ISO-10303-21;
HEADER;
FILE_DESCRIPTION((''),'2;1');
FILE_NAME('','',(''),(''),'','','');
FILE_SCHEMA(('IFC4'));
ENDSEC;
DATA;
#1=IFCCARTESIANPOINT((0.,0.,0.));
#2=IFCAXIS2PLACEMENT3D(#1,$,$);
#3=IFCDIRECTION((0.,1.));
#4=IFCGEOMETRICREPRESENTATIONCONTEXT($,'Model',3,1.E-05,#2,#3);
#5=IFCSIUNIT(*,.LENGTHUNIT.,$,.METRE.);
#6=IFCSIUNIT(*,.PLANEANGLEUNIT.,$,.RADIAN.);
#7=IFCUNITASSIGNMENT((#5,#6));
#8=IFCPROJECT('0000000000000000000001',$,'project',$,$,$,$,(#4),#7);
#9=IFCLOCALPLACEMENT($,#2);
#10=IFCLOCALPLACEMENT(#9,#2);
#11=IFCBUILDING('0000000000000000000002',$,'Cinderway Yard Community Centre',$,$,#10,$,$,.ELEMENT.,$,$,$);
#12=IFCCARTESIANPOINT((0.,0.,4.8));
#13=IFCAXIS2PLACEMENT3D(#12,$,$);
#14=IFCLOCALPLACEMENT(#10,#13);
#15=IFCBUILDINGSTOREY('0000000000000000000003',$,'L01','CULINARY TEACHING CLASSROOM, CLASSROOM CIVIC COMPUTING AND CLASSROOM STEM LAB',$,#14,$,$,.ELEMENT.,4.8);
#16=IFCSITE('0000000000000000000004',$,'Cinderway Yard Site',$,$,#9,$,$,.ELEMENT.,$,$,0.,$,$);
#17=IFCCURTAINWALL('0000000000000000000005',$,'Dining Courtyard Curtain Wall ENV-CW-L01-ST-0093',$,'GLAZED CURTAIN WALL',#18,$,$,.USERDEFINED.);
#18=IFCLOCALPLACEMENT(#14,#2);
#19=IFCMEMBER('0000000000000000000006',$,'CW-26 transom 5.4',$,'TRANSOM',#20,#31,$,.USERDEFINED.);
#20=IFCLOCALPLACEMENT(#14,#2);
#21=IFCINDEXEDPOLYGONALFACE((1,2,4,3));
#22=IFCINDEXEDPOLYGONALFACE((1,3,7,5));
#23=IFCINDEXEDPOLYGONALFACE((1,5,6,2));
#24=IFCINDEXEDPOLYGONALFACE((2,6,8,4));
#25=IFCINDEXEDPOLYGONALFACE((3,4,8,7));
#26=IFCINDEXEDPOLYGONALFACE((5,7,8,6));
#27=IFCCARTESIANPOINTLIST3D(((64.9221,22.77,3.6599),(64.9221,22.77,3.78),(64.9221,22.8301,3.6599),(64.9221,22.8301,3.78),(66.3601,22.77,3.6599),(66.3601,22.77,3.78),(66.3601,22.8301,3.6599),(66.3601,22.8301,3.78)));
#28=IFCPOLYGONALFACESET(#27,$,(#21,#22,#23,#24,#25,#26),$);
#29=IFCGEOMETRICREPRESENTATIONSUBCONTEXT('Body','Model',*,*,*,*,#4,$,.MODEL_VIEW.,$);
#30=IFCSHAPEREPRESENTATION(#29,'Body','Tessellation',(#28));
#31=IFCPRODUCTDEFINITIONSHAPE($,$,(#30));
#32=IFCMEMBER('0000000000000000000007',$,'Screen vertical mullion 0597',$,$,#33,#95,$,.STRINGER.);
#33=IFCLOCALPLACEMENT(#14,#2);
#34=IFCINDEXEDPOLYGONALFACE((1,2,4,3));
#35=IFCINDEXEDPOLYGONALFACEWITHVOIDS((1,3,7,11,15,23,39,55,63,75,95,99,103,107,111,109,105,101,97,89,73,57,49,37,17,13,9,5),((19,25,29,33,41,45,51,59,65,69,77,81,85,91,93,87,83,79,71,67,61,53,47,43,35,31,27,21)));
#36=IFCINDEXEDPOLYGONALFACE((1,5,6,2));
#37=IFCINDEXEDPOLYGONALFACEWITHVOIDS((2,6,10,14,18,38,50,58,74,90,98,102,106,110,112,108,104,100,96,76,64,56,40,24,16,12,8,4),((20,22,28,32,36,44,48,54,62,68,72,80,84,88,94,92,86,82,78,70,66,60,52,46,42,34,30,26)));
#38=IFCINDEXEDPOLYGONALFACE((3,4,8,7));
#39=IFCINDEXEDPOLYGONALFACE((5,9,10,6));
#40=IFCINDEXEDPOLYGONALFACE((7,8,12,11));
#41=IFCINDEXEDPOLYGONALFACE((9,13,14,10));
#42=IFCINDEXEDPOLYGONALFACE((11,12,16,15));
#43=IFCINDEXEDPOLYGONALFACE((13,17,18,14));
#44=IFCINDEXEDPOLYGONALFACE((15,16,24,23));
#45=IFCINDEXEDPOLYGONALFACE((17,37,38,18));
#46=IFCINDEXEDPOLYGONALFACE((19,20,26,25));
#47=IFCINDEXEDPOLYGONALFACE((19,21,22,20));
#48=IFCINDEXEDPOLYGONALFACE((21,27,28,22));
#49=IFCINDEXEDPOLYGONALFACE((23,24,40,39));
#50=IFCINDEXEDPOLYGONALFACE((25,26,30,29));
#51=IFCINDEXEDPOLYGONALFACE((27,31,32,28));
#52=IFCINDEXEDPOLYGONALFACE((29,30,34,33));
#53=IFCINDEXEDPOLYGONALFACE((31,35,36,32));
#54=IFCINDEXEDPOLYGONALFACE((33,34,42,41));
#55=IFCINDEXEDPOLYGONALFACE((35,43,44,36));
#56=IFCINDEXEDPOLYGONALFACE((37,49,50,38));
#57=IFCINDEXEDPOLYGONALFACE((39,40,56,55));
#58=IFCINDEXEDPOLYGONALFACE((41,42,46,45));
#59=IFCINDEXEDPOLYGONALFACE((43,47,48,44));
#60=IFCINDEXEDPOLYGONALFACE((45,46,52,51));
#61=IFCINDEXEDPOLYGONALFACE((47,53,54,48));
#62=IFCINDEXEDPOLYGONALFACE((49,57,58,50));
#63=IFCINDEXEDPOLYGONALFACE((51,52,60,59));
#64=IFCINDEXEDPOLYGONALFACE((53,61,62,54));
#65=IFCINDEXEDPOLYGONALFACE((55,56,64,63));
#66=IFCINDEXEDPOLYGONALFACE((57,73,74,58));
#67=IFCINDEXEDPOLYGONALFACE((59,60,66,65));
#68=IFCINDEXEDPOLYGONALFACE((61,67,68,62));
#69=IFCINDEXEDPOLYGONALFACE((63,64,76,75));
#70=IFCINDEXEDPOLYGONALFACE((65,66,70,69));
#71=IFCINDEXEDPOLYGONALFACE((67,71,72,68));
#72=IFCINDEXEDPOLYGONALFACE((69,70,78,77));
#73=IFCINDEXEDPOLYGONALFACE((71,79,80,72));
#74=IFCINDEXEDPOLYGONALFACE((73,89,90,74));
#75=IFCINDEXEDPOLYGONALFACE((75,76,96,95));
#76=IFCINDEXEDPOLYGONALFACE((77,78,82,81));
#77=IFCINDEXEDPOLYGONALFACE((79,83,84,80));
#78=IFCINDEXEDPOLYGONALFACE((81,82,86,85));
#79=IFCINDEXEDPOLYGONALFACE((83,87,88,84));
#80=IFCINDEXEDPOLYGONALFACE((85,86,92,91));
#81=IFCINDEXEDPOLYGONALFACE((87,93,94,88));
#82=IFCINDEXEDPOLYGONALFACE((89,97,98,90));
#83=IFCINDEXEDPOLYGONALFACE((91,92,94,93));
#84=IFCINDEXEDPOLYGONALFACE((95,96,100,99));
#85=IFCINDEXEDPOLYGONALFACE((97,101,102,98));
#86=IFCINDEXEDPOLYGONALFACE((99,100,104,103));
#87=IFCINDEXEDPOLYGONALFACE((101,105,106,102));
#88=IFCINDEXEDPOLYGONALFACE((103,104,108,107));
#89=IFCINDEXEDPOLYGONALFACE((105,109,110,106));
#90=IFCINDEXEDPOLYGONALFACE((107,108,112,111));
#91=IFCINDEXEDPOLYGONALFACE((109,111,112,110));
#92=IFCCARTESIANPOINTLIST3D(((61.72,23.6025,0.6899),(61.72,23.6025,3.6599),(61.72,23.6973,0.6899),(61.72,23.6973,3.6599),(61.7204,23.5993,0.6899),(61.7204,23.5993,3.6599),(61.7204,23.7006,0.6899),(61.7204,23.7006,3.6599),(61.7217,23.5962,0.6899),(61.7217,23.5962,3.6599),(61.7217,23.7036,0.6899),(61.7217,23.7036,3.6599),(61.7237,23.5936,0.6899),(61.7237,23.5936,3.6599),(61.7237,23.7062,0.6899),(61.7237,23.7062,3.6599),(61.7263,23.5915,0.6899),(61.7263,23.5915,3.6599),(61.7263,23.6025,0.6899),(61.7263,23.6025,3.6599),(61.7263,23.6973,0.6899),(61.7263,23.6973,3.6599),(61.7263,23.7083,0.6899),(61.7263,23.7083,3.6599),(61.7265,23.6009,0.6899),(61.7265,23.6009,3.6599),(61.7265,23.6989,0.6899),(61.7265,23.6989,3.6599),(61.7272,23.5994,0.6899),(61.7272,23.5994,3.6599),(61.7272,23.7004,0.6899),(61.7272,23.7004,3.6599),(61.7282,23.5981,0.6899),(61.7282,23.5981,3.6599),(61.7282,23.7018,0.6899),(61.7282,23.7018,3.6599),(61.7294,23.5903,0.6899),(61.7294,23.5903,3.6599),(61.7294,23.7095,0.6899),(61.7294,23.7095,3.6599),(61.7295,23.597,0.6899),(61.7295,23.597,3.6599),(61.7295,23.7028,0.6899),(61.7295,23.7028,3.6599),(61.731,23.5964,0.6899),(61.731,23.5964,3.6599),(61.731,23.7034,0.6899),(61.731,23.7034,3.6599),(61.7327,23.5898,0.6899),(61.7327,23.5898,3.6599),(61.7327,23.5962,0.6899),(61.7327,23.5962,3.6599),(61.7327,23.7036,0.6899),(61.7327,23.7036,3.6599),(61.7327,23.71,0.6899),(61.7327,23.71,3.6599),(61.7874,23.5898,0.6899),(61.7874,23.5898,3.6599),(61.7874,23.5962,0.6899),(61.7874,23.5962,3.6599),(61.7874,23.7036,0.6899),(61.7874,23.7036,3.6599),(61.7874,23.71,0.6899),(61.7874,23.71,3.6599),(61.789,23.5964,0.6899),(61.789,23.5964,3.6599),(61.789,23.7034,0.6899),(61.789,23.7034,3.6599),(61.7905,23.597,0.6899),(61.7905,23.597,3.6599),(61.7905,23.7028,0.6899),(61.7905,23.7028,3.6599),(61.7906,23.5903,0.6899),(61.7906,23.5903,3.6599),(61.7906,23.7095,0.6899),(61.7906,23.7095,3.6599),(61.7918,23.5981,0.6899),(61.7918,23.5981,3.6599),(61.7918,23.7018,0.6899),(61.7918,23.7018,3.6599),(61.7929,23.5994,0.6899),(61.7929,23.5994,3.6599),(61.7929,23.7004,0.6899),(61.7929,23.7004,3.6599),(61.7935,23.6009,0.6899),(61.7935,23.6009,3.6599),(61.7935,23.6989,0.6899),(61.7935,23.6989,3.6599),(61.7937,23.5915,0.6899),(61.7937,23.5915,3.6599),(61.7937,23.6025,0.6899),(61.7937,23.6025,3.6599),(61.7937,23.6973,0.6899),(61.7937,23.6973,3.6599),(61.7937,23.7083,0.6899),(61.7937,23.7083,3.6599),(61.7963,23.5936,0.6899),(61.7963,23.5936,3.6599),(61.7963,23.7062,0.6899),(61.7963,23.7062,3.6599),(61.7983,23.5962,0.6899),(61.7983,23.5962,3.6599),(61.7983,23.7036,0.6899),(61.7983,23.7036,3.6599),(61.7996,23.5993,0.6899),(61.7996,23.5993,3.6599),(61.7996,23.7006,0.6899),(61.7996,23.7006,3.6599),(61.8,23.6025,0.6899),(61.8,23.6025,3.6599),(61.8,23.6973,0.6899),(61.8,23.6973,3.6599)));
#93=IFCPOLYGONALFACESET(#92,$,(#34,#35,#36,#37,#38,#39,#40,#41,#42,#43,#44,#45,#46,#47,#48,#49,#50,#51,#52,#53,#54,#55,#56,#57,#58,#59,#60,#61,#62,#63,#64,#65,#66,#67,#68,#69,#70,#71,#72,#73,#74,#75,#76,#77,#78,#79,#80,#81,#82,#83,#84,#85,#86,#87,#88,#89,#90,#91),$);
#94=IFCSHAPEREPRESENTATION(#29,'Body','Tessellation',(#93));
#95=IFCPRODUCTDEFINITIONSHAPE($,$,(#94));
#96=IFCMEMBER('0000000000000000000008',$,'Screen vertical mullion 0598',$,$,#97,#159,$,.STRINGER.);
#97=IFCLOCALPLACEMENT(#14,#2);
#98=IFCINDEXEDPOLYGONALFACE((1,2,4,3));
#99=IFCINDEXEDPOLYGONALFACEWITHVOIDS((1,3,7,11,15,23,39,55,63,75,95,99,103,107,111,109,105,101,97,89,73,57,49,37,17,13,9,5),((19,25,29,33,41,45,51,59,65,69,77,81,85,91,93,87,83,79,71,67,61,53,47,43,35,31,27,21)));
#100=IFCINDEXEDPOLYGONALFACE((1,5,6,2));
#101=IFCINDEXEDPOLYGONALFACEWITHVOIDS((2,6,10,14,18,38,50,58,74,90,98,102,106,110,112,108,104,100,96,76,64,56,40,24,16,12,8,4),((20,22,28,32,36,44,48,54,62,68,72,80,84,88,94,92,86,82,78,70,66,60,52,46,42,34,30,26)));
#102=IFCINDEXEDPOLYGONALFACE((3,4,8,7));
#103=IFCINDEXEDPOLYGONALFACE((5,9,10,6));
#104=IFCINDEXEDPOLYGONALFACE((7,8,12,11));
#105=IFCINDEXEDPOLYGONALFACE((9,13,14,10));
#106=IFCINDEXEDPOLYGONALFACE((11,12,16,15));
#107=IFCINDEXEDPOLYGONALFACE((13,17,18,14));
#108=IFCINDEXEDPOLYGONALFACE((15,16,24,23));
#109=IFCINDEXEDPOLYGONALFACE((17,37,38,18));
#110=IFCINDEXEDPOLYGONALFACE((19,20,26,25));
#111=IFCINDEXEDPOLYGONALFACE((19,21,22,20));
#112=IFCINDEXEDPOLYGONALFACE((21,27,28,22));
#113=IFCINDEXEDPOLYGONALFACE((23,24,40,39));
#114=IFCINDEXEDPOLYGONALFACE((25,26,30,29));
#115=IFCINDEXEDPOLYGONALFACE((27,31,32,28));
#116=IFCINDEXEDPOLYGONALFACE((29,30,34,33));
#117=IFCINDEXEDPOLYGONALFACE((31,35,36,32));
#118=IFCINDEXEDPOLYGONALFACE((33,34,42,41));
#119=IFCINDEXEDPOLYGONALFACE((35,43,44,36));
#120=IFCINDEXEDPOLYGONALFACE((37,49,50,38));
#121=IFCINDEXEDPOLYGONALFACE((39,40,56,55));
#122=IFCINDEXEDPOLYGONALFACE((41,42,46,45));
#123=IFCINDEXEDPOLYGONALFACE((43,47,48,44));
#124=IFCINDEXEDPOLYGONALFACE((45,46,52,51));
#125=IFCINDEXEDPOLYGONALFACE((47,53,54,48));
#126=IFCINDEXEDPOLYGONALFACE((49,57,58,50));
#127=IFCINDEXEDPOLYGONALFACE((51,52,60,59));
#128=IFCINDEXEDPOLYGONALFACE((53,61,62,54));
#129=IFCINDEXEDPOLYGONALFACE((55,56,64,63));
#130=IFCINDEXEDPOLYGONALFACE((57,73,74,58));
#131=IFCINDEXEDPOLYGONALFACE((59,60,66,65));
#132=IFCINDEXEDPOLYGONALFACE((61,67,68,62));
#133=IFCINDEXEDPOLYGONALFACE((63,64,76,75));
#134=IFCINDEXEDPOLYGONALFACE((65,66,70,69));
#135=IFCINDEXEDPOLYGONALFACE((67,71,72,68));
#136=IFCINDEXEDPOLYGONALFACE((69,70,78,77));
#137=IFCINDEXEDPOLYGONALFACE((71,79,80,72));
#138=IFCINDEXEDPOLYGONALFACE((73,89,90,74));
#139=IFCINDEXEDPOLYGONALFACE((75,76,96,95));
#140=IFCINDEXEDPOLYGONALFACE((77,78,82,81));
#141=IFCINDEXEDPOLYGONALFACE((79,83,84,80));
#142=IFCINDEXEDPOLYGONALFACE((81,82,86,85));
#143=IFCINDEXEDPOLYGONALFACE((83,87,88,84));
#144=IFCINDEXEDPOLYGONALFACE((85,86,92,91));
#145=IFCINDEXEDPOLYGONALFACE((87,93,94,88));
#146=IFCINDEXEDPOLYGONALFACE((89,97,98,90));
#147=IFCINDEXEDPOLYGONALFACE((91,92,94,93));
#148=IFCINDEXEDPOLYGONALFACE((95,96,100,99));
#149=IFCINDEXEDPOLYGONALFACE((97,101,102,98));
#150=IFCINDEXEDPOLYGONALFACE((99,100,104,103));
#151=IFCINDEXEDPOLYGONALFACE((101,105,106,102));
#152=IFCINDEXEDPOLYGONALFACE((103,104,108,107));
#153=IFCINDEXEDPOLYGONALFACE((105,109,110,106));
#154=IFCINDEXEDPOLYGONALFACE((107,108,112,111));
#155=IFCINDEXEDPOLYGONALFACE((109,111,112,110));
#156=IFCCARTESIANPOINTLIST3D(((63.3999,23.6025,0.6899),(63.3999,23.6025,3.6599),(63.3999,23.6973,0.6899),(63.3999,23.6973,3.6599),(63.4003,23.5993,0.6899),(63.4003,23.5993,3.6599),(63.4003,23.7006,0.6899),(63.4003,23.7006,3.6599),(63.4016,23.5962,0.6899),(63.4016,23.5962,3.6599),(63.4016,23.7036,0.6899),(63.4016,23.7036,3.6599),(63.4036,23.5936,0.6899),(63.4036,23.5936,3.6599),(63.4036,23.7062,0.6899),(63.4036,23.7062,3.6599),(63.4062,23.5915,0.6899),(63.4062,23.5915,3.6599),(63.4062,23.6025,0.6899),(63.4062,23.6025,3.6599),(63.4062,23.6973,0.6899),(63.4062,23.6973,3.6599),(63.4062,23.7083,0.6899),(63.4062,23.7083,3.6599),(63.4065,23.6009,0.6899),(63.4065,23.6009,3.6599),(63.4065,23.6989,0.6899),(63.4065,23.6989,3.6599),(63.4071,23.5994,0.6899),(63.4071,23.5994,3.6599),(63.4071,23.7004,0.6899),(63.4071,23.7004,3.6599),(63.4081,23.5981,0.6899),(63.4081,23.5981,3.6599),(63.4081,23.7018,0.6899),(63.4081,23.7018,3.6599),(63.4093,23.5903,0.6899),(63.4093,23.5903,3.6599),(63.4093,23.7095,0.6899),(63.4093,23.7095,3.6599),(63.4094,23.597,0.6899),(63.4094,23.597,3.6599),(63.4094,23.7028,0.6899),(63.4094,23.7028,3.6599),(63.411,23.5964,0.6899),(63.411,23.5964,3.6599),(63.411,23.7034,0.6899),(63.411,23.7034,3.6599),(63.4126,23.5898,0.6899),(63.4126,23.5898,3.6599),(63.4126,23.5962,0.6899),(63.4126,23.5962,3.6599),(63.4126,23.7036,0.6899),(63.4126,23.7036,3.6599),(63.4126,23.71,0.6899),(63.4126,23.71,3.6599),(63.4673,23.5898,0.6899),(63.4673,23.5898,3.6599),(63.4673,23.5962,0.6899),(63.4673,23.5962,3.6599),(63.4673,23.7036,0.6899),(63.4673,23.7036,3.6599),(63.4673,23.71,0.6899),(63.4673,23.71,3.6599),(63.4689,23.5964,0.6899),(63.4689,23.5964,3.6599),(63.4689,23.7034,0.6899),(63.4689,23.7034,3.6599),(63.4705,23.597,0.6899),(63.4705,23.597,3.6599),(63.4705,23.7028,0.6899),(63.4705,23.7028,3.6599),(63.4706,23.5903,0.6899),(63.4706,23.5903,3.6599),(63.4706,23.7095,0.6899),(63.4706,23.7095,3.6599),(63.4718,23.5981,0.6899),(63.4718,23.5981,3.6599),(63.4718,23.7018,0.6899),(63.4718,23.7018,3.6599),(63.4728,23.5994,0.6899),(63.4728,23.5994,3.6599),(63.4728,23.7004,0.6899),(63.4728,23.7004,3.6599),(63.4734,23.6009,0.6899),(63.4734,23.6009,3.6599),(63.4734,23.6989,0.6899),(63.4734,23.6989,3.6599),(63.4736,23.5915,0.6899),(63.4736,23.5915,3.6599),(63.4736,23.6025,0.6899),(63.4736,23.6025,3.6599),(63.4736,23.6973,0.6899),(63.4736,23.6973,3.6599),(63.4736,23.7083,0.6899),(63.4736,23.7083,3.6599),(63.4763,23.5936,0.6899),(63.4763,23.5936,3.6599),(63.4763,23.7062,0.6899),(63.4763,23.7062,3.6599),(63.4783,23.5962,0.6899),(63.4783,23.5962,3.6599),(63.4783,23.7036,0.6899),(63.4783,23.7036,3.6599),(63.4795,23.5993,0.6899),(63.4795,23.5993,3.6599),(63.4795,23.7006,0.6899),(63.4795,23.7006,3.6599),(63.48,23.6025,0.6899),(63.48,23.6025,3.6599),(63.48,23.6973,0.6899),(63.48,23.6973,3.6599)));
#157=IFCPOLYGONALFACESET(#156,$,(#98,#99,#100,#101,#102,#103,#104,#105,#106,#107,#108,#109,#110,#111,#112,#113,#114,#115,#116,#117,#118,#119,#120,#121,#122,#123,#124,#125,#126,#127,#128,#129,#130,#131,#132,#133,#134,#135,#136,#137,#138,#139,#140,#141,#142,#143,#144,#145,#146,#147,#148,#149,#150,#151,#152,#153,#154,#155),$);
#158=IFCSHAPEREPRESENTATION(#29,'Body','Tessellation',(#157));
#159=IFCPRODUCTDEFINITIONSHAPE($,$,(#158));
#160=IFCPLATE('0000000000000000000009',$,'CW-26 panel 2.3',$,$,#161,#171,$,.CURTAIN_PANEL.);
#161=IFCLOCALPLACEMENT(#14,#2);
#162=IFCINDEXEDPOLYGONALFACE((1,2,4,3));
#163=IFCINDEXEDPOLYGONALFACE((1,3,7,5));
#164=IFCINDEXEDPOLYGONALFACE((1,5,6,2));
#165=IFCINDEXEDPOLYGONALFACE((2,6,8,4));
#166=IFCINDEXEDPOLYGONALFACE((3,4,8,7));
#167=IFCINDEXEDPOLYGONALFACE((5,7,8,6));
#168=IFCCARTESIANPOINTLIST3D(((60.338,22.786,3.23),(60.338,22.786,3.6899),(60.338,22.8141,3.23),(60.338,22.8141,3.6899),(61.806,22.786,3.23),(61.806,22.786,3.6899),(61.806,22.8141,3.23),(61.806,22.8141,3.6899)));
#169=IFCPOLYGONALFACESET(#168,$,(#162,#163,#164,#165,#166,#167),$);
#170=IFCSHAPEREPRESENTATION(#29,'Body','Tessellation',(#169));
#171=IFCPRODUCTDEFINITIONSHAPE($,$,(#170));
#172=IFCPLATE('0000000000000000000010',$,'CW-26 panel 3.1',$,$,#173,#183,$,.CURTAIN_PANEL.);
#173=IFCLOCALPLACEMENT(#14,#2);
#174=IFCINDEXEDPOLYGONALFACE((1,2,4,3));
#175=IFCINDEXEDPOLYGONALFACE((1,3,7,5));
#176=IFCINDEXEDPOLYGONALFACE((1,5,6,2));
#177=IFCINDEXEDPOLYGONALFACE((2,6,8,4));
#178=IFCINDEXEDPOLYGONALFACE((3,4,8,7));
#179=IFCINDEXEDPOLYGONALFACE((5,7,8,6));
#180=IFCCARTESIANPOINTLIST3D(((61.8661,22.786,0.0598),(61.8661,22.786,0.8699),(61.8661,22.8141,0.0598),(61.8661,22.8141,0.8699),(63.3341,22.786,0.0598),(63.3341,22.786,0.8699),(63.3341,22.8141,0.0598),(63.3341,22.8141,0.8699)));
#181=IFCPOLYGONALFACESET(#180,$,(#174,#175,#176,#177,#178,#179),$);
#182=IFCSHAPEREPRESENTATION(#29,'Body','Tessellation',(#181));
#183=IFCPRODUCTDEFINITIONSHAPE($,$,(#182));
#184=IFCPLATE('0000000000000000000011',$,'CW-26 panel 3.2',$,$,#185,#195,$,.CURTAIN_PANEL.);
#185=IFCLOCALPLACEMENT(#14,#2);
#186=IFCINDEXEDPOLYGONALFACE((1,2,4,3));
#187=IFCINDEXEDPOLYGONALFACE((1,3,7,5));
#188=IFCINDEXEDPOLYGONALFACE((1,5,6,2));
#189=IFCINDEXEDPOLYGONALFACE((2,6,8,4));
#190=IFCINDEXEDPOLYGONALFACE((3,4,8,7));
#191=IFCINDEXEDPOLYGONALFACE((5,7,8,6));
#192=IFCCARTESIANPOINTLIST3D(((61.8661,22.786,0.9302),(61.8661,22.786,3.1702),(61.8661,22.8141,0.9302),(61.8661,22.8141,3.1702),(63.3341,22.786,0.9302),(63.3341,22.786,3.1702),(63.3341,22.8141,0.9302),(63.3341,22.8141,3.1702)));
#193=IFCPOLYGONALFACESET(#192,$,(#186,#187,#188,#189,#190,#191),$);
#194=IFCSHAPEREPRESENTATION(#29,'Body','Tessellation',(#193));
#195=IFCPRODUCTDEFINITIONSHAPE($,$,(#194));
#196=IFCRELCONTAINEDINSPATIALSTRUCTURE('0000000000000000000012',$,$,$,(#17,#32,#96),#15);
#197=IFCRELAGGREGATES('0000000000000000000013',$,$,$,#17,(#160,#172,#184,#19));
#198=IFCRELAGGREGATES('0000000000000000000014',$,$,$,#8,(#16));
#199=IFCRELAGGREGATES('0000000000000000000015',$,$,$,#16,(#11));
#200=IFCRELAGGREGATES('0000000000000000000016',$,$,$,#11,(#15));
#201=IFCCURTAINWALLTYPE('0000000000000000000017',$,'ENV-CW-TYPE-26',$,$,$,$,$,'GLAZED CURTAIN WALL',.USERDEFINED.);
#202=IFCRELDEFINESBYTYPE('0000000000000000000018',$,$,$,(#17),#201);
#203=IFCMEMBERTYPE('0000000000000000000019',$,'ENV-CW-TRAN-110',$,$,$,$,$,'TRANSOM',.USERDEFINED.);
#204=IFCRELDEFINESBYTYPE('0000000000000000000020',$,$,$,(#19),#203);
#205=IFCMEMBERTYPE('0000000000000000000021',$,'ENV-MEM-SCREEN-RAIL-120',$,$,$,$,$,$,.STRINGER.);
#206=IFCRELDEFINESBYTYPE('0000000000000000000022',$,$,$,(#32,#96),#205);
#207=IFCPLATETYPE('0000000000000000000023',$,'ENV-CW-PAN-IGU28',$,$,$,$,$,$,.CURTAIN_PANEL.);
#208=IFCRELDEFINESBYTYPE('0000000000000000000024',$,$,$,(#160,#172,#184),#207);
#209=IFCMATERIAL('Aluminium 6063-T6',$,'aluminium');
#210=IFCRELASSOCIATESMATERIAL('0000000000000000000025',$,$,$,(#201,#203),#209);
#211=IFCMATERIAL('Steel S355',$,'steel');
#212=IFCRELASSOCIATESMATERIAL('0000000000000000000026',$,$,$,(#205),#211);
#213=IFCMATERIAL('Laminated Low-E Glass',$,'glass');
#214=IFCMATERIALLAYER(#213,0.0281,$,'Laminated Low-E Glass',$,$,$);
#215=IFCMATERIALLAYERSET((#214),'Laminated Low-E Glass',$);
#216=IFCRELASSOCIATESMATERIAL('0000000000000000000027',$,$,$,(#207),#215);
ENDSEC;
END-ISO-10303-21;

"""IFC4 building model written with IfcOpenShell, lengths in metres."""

from ifc_helpers import new_model, si_unit, direction, frame, origin, origin_2d, place, context, subcontext, project, spatial, rectangle, hollow_rectangle, extrude, material, layer, layer_set, material_profile, profile_set, type_object, element, aggregate, save


model = new_model("IFC4")

# Units and contexts
model_context = context("Model", 3, precision=1e-05, world=origin(), true_north=direction((0.0, 1.0)))
body_context = subcontext(model_context, "Body", "Model", "MODEL_VIEW")
ifc_project = project(units=[si_unit("LENGTHUNIT", "METRE"), si_unit("PLANEANGLEUNIT", "RADIAN")], contexts=[model_context])

# Site, building, storey
site_placement = place(None, origin())
site = spatial("IfcSite", under=ifc_project, at=site_placement, Name="Cinderway Yard Site", CompositionType="ELEMENT", RefElevation=0.0)
building_placement = place(site_placement, origin())
building = spatial("IfcBuilding", under=site, at=building_placement, Name="Cinderway Yard Community Centre", CompositionType="ELEMENT")
storey_placement = place(building_placement, frame((0.0, 0.0, 4.8)))
storey = spatial("IfcBuildingStorey", under=building, at=storey_placement, Name="L01", Description="CULINARY TEACHING CLASSROOM, CLASSROOM CIVIC COMPUTING AND CLASSROOM STEM LAB", CompositionType="ELEMENT", Elevation=4.8)

# Curtain wall, member
ifc_material_1 = material(Name="Aluminium 6063-T6", Category="aluminium")
curtain_wall_type = type_object("IfcCurtainWallType", Name="ENV-CW-TYPE-26", ElementType="GLAZED CURTAIN WALL", PredefinedType="USERDEFINED", material=ifc_material_1)
curtain_wall_placement = place(storey_placement, origin())
curtain_wall = element("IfcCurtainWall", 1, at=curtain_wall_placement, inside=storey, type_object=curtain_wall_type, Name="Dining Courtyard Curtain Wall ENV-CW-L01-ST-0093", ObjectType="GLAZED CURTAIN WALL", PredefinedType="USERDEFINED")
ifc_material_profile_1 = material_profile(ifc_material_1, rectangle(XDim=0.0601, YDim=0.1201, at=origin_2d()), Name="Aluminium 6063-T6")
ifc_profile_set_1 = profile_set([ifc_material_profile_1], Name="Aluminium 6063-T6")
member_type_1 = type_object("IfcMemberType", Name="ENV-CW-TRAN-110", ElementType="TRANSOM", PredefinedType="USERDEFINED", material=ifc_profile_set_1)
member_1_placement = place(storey_placement, frame((64.9221, 22.8, 3.72), z_axis=(1.0, 0.0, 0.0), x_axis=(0.0, 1.0, 0.0)))
member_1 = element("IfcMember", 2, at=member_1_placement, type_object=member_type_1, Name="CW-26 transom 5.4", ObjectType="TRANSOM", PredefinedType="USERDEFINED", context=body_context, shape_type="SweptSolid", body=[
    extrude(rectangle(XDim=0.0601, YDim=0.1201, at=origin_2d()), origin(), (0.0, 0.0, 1.0), 1.438),
])

# Members
ifc_material_2 = material(Name="Steel S355", Category="steel")
ifc_material_profile_2 = material_profile(ifc_material_2, hollow_rectangle(XDim=0.0801, YDim=0.1201, WallThickness=0.0063, InnerFilletRadius=0.0063, OuterFilletRadius=0.0127, at=origin_2d()), Name="Steel S355")
ifc_profile_set_2 = profile_set([ifc_material_profile_2], Name="Steel S355")
member_type_2 = type_object("IfcMemberType", Name="ENV-MEM-SCREEN-RAIL-120", PredefinedType="STRINGER", material=ifc_profile_set_2)
for number, where, z_axis, x_axis, name in (
    (3, (61.76, 23.6499, 0.6899), (0.0, 0.0, 1.0), (1.0, 0.0, 0.0), "Screen vertical mullion 0597"),
    (4, (63.4399, 23.6499, 0.6899), (0.0, 0.0, 1.0), (1.0, 0.0, 0.0), "Screen vertical mullion 0598"),
):
    element("IfcMember", number, at=place(storey_placement, frame(where, z_axis=z_axis, x_axis=x_axis)), inside=storey, type_object=member_type_2, Name=name, PredefinedType="STRINGER", context=body_context, shape_type="SweptSolid", body=[
        extrude(hollow_rectangle(XDim=0.0801, YDim=0.1201, WallThickness=0.0063, InnerFilletRadius=0.0063, OuterFilletRadius=0.0127, at=origin_2d()), origin(), (0.0, 0.0, 1.0), 2.97),
    ])

# Plates
ifc_material_3 = material(Name="Laminated Low-E Glass", Category="glass")
ifc_layer_1 = layer(ifc_material_3, 0.0281, Name="Laminated Low-E Glass")
ifc_layer_set_1 = layer_set([ifc_layer_1], Name="Laminated Low-E Glass")
plate_type_1 = type_object("IfcPlateType", Name="ENV-CW-PAN-IGU28", PredefinedType="CURTAIN_PANEL", material=ifc_layer_set_1)
plate_1_placement = place(storey_placement, frame((61.072, 22.8, 3.23), z_axis=(0.0, 0.0, 1.0), x_axis=(1.0, 0.0, 0.0)))
plate_1 = element("IfcPlate", 5, at=plate_1_placement, type_object=plate_type_1, Name="CW-26 panel 2.3", PredefinedType="CURTAIN_PANEL", context=body_context, shape_type="SweptSolid", body=[
    extrude(rectangle(XDim=1.468, YDim=0.0281, at=origin_2d()), origin(), (0.0, 0.0, 1.0), 0.46),
])
plate_2_placement = place(storey_placement, frame((62.6001, 22.8, 0.0598), z_axis=(0.0, 0.0, 1.0), x_axis=(1.0, 0.0, 0.0)))
plate_2 = element("IfcPlate", 6, at=plate_2_placement, type_object=plate_type_1, Name="CW-26 panel 3.1", PredefinedType="CURTAIN_PANEL", context=body_context, shape_type="SweptSolid", body=[
    extrude(rectangle(XDim=1.468, YDim=0.0281, at=origin_2d()), origin(), (0.0, 0.0, 1.0), 0.8101),
])
plate_3_placement = place(storey_placement, frame((62.6001, 22.8, 0.9302), z_axis=(0.0, 0.0, 1.0), x_axis=(1.0, 0.0, 0.0)))
plate_3 = element("IfcPlate", 7, at=plate_3_placement, type_object=plate_type_1, Name="CW-26 panel 3.2", PredefinedType="CURTAIN_PANEL", context=body_context, shape_type="SweptSolid", body=[
    extrude(rectangle(XDim=1.468, YDim=0.0281, at=origin_2d()), origin(), (0.0, 0.0, 1.0), 2.24),
])
aggregate(curtain_wall, [plate_1, plate_2, plate_3, member_1])

save(model, "model.ifc")
